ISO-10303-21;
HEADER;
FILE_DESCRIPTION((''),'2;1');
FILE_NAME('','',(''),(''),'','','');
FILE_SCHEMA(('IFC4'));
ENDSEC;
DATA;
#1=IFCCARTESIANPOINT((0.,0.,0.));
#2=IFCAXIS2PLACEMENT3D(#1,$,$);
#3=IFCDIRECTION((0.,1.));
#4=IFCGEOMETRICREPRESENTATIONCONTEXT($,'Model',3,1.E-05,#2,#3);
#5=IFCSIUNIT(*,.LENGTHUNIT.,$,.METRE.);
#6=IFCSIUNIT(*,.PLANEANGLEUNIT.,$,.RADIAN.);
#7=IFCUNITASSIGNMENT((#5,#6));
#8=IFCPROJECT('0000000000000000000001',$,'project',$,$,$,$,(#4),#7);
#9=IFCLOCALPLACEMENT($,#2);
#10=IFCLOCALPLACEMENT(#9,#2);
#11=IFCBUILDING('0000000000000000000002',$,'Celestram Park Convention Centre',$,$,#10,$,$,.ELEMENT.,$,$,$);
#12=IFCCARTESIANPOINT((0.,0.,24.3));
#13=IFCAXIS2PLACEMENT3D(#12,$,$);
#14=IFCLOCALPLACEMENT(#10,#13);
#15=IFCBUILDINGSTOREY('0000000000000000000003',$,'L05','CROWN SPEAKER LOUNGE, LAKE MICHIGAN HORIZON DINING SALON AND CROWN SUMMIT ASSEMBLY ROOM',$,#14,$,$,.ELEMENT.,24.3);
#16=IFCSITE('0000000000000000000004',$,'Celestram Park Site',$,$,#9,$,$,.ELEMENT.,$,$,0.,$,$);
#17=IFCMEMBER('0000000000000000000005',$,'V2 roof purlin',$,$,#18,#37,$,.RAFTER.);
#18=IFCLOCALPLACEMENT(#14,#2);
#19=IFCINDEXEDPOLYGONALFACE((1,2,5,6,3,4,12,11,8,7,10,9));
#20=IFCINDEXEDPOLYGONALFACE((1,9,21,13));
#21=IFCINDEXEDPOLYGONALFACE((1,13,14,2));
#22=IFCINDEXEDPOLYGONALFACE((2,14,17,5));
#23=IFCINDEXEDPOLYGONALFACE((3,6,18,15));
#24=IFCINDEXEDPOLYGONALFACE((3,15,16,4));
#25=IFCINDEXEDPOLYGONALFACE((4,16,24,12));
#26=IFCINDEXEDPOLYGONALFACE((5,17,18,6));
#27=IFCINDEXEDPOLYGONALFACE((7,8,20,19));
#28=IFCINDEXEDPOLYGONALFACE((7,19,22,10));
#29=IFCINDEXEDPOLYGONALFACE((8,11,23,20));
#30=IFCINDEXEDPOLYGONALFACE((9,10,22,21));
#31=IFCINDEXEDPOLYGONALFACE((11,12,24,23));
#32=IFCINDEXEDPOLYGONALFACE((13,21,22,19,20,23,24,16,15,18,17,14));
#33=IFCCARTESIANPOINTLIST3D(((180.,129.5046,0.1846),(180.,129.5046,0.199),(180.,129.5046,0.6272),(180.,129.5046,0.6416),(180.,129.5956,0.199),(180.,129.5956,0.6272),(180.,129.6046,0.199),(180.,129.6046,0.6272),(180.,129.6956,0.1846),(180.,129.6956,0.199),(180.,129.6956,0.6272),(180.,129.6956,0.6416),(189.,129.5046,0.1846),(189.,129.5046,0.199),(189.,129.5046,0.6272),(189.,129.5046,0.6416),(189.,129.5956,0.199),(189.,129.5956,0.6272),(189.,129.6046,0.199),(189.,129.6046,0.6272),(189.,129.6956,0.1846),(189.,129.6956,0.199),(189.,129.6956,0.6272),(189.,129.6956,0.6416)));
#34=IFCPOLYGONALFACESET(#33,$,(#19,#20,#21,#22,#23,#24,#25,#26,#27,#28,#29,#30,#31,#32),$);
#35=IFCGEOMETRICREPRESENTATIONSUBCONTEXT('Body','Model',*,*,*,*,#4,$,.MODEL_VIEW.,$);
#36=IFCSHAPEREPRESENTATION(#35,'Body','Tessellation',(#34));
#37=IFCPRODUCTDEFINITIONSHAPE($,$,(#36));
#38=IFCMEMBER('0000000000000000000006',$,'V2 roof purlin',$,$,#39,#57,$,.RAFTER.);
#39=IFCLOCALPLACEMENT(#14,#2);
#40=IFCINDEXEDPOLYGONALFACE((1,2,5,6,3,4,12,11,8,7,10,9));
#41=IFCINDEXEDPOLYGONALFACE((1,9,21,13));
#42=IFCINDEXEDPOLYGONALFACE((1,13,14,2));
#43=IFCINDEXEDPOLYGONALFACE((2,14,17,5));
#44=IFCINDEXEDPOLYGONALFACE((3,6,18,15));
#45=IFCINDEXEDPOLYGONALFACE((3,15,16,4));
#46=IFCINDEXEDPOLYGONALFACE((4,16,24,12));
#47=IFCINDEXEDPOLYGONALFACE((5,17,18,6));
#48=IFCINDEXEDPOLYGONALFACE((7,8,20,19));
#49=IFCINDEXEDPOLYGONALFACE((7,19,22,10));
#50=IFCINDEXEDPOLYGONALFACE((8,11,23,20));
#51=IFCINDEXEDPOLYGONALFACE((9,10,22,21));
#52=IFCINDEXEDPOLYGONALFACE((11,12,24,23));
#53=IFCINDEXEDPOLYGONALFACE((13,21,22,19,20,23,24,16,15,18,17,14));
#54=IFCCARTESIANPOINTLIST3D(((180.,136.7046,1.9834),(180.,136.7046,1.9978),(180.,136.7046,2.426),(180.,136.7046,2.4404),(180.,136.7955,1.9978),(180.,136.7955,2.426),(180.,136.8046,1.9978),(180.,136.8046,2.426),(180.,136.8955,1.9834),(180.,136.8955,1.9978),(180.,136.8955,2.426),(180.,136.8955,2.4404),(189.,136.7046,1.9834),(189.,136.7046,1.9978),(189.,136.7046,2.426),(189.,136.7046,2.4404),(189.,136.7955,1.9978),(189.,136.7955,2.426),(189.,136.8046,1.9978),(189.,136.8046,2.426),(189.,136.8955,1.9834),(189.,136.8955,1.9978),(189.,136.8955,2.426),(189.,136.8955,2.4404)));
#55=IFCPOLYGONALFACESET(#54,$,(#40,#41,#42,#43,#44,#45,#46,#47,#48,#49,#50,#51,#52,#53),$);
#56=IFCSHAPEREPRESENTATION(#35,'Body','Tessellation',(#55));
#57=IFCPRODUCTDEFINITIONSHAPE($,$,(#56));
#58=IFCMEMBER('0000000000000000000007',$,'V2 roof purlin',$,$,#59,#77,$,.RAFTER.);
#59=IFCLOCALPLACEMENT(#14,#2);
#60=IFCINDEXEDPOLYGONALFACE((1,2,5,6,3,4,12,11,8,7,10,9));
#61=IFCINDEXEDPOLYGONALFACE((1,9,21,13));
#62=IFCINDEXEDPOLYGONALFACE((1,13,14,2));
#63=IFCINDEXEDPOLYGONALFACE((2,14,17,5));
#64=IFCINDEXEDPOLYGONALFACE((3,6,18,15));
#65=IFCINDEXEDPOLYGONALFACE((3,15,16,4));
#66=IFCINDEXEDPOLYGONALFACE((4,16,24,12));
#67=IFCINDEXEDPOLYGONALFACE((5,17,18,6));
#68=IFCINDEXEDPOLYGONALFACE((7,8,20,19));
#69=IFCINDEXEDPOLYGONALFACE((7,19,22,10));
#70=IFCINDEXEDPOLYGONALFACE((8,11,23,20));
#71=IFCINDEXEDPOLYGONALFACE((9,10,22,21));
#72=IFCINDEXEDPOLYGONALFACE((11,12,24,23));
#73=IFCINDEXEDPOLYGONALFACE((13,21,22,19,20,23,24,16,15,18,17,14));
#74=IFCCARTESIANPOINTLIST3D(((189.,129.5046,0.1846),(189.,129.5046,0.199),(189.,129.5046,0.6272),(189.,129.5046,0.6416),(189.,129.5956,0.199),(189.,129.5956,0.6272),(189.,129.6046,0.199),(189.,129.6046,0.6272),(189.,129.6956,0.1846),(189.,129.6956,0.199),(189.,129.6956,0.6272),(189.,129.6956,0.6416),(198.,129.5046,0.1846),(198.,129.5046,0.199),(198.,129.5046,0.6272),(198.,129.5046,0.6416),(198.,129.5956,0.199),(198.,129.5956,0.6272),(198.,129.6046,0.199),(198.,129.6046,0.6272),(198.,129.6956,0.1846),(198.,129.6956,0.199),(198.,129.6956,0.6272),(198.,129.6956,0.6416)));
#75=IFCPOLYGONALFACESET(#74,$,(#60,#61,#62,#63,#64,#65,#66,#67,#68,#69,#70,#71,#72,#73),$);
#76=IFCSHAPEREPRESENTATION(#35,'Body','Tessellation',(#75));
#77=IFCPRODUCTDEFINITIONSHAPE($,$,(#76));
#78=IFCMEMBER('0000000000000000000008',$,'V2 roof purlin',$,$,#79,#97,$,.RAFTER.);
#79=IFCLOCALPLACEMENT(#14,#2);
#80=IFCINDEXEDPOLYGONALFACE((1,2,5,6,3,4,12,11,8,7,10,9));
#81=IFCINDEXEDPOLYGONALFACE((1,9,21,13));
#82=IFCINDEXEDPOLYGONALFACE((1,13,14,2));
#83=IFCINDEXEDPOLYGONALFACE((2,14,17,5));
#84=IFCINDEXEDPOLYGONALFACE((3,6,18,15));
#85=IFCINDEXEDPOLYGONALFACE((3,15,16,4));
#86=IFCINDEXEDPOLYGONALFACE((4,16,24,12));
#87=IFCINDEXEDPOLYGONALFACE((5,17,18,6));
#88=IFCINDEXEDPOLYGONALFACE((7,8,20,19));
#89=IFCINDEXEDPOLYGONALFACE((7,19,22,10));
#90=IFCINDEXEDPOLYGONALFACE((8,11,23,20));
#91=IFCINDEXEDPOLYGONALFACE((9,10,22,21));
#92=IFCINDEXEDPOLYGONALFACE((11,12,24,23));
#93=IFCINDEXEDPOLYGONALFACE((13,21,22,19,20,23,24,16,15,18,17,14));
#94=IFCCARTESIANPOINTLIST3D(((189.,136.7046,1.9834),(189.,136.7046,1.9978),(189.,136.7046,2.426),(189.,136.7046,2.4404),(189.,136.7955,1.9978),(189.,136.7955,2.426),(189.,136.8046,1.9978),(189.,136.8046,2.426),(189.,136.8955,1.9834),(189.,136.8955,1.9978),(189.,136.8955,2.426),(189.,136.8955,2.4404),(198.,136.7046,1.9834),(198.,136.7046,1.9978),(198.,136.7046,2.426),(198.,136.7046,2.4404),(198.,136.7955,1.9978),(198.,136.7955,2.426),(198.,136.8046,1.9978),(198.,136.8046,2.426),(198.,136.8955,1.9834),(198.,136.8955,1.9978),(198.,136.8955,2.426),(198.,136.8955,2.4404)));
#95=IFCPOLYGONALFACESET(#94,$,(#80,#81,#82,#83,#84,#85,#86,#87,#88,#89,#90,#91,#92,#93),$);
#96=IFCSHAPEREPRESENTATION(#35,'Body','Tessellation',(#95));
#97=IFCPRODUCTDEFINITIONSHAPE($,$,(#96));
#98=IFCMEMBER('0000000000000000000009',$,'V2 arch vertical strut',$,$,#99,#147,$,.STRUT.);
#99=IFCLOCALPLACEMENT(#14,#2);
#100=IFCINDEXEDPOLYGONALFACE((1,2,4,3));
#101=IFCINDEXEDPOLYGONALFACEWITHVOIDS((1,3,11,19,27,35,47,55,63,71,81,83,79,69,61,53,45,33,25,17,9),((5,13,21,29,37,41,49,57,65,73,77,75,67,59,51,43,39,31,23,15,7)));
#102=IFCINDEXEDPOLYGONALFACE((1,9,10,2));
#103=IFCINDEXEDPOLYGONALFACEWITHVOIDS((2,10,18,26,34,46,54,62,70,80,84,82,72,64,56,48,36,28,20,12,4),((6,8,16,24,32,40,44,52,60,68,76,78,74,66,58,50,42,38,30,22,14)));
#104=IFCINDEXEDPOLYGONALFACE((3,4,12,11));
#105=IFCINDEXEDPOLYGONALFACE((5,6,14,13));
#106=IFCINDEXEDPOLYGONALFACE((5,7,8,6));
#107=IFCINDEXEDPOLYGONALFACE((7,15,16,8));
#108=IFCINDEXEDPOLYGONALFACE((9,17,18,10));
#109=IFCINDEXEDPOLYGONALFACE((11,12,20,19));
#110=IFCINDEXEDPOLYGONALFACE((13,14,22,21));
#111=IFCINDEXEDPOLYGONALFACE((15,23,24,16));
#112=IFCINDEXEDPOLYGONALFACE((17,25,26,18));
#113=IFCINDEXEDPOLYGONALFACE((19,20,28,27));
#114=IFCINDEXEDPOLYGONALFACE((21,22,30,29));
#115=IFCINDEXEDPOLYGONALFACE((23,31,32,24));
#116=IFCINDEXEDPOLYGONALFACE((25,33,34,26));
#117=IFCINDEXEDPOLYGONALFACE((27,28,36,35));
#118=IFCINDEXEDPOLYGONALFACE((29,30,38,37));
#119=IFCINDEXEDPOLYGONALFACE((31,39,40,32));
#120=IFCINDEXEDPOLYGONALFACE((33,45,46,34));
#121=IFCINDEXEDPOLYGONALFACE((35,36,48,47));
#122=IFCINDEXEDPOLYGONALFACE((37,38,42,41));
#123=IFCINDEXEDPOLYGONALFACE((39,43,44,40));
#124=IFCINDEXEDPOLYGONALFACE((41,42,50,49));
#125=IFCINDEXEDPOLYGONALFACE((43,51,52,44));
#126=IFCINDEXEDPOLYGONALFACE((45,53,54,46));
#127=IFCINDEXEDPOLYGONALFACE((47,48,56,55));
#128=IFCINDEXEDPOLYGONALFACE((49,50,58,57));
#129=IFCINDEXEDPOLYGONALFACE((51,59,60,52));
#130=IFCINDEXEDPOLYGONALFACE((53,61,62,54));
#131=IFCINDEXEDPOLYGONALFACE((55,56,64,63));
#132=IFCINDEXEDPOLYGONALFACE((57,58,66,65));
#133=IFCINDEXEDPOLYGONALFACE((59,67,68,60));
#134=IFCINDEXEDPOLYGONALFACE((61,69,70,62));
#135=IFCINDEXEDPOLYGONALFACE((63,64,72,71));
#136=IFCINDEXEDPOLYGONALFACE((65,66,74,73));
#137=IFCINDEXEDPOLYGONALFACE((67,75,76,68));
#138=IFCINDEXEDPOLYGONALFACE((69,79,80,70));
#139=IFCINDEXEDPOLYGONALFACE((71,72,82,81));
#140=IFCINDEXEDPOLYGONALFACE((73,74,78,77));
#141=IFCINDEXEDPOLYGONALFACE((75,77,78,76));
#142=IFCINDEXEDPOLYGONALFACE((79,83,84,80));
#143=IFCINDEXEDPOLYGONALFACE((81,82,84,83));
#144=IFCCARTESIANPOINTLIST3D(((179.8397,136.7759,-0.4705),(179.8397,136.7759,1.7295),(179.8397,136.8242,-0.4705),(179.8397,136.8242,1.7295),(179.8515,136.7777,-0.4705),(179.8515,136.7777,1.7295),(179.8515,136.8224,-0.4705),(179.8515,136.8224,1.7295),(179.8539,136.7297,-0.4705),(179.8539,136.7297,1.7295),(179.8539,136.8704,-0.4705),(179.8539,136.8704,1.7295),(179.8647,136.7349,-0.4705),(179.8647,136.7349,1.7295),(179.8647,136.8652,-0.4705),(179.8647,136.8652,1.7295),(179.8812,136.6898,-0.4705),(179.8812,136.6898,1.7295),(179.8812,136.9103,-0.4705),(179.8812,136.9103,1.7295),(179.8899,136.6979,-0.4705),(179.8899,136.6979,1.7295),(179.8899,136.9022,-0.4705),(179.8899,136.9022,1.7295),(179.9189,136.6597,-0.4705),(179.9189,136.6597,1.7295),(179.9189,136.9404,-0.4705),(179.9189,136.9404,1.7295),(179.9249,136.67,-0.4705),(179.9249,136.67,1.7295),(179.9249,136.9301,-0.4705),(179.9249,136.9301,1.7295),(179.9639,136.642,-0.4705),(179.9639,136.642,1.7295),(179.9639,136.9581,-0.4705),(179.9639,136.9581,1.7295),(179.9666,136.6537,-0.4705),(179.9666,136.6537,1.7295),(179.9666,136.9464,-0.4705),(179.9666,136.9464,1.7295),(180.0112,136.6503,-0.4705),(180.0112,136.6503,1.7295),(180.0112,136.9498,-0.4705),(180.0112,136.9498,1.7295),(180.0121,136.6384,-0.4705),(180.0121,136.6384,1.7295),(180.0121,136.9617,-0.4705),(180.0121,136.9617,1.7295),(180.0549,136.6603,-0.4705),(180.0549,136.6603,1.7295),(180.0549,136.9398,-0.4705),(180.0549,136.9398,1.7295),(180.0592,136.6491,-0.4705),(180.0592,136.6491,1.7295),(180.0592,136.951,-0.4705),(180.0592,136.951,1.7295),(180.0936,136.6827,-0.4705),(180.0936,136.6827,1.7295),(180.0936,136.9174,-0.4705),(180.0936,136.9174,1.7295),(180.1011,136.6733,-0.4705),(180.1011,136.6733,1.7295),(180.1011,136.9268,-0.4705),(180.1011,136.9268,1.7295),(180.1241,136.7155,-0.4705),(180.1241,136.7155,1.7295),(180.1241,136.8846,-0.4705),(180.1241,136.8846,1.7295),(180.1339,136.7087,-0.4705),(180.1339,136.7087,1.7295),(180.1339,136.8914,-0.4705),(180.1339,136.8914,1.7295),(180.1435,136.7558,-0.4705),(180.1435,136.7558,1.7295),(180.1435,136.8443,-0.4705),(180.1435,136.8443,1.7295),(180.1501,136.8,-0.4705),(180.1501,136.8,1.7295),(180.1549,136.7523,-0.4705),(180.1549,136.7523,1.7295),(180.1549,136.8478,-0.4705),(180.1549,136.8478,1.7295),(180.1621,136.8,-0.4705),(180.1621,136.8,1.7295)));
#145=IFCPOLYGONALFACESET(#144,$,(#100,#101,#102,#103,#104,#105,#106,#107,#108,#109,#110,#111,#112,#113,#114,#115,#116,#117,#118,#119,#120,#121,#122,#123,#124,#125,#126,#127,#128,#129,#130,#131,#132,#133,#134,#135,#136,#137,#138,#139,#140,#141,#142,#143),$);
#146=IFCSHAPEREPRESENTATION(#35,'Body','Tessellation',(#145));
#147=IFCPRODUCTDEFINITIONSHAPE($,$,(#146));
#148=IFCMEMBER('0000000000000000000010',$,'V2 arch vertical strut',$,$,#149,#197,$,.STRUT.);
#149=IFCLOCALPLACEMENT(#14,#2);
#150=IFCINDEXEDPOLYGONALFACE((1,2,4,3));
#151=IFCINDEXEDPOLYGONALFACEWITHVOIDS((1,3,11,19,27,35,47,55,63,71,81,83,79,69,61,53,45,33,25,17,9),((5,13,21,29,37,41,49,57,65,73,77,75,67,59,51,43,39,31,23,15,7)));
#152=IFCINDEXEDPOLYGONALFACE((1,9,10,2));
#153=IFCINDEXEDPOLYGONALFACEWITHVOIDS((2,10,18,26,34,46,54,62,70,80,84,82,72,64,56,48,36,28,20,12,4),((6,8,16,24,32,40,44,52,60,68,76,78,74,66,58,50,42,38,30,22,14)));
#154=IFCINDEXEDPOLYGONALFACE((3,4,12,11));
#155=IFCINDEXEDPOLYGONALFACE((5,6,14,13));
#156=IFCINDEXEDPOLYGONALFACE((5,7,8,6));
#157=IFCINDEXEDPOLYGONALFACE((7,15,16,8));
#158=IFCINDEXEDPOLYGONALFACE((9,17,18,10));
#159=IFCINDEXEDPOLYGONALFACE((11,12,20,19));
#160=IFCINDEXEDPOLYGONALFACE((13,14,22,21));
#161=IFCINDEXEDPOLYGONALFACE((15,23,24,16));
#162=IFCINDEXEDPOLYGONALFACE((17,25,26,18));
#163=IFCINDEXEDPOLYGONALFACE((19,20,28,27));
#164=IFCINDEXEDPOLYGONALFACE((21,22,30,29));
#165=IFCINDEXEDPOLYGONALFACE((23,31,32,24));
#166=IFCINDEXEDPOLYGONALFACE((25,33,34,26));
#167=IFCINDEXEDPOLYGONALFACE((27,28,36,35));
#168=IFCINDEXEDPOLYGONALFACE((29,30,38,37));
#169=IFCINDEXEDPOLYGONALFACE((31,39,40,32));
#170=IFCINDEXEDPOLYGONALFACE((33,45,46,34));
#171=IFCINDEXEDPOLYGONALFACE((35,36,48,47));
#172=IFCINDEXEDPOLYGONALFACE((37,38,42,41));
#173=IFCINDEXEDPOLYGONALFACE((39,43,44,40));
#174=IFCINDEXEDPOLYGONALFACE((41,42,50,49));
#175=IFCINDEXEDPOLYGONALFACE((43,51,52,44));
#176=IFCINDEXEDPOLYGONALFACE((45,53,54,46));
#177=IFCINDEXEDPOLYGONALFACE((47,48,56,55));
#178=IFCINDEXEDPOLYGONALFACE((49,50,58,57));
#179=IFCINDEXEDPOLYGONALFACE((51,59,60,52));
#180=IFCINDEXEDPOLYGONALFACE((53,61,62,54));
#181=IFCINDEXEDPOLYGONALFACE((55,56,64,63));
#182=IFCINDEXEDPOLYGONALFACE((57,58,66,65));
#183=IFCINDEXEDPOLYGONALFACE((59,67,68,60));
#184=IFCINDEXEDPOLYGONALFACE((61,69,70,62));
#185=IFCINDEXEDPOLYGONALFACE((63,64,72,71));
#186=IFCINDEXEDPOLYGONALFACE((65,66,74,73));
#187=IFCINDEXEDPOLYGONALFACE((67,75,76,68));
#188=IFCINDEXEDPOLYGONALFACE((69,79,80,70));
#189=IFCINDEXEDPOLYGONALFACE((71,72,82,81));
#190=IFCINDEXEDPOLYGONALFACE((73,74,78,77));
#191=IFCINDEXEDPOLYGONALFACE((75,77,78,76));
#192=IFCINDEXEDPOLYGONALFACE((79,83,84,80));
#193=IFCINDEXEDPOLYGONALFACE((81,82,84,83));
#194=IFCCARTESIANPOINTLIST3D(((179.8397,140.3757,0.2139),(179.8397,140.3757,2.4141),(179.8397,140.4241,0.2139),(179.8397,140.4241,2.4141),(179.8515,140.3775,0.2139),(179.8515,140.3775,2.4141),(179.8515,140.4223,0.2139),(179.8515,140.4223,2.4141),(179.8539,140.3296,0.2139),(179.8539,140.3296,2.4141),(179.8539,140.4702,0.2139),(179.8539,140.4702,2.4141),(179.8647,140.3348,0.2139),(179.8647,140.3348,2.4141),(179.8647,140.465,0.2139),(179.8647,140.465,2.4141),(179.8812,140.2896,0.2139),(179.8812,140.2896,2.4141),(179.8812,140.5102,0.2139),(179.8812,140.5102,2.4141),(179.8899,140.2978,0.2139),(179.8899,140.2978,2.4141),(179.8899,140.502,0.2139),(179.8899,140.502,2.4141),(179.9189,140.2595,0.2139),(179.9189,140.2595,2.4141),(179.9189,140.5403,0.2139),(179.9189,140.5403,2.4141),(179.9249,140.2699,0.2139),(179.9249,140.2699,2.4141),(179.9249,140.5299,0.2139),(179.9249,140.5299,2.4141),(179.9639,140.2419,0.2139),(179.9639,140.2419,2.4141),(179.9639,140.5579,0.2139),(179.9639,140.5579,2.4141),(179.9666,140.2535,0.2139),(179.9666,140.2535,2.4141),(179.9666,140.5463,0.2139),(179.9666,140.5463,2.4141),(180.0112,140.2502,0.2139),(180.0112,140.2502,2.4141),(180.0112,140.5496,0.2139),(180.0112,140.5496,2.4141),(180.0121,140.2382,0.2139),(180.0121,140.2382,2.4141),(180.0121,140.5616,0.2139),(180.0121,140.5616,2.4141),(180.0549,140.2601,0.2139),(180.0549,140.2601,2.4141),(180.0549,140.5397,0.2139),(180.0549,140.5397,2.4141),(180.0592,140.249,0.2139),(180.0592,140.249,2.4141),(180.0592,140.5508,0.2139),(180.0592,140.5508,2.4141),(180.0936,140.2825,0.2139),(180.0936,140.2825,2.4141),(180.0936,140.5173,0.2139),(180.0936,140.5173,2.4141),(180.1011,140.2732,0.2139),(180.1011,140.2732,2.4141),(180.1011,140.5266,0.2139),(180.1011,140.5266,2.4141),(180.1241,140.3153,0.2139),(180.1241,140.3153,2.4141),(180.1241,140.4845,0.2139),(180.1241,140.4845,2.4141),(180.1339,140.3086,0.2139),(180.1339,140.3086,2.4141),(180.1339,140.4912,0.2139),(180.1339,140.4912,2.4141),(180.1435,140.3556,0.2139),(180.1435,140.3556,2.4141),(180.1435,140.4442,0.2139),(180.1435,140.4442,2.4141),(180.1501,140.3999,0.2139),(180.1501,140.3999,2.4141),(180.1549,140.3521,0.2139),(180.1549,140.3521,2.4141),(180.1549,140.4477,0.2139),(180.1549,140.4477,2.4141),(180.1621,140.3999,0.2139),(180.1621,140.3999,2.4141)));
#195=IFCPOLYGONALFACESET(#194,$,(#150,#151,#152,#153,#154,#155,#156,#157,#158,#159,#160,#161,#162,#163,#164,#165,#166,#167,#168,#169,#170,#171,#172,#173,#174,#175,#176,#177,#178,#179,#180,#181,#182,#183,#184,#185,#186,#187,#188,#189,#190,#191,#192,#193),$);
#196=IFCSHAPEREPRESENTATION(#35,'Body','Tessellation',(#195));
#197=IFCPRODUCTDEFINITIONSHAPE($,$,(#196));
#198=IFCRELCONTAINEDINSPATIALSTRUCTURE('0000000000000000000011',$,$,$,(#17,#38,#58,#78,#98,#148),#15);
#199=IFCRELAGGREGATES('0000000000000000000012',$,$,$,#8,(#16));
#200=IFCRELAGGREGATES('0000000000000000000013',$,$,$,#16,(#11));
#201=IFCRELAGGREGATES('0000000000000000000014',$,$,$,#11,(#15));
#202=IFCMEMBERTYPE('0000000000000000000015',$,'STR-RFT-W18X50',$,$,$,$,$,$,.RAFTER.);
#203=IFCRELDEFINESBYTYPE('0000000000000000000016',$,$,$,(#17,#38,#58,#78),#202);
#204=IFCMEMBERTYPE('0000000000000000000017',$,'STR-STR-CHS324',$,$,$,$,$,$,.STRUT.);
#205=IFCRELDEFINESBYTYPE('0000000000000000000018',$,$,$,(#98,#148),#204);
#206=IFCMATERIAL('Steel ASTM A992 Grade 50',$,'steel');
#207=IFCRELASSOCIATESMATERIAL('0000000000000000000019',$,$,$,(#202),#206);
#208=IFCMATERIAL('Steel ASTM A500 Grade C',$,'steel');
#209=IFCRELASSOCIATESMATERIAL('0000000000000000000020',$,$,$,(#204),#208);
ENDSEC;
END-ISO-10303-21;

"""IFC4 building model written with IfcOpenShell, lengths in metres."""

from ifc_helpers import new_model, si_unit, direction, frame, origin, origin_2d, place, context, subcontext, project, spatial, hollow_circle, i_section, extrude, material, material_profile, profile_set, type_object, element, save


model = new_model("IFC4")

# Units and contexts
model_context = context("Model", 3, precision=1e-05, world=origin(), true_north=direction((0.0, 1.0)))
body_context = subcontext(model_context, "Body", "Model", "MODEL_VIEW")
ifc_project = project(units=[si_unit("LENGTHUNIT", "METRE"), si_unit("PLANEANGLEUNIT", "RADIAN")], contexts=[model_context])

# Site, building, storey
site_placement = place(None, origin())
site = spatial("IfcSite", under=ifc_project, at=site_placement, Name="Celestram Park Site", CompositionType="ELEMENT", RefElevation=0.0)
building_placement = place(site_placement, origin())
building = spatial("IfcBuilding", under=site, at=building_placement, Name="Celestram Park Convention Centre", CompositionType="ELEMENT")
storey_placement = place(building_placement, frame((0.0, 0.0, 24.3)))
storey = spatial("IfcBuildingStorey", under=building, at=storey_placement, Name="L05", Description="CROWN SPEAKER LOUNGE, LAKE MICHIGAN HORIZON DINING SALON AND CROWN SUMMIT ASSEMBLY ROOM", CompositionType="ELEMENT", Elevation=24.3)

# Members
ifc_material_1 = material(Name="Steel ASTM A500 Grade C", Category="steel")
ifc_material_2 = material(Name="Steel ASTM A992 Grade 50", Category="steel")
ifc_material_profile_1 = material_profile(ifc_material_2, i_section(OverallWidth=0.1909, OverallDepth=0.457, WebThickness=0.009, FlangeThickness=0.0144, at=origin_2d()), Name="W18X50")
ifc_profile_set_1 = profile_set([ifc_material_profile_1], Name="Steel ASTM A992 Grade 50")
member_type_1 = type_object("IfcMemberType", Name="STR-RFT-W18X50", PredefinedType="RAFTER", material=ifc_profile_set_1)
for number, where, z_axis, x_axis, name in (
    (1, (180.0, 129.6001, 0.4131), (1.0, 0.0, 0.0), (0.0, 1.0, 0.0), "V2 roof purlin"),
    (2, (180.0, 136.8, 2.2119), (1.0, 0.0, 0.0), (0.0, 1.0, 0.0), "V2 roof purlin"),
    (3, (189.0, 129.6001, 0.4131), (1.0, 0.0, 0.0), (0.0, 1.0, 0.0), "V2 roof purlin"),
    (4, (189.0, 136.8, 2.2119), (1.0, 0.0, 0.0), (0.0, 1.0, 0.0), "V2 roof purlin"),
):
    element("IfcMember", number, at=place(storey_placement, frame(where, z_axis=z_axis, x_axis=x_axis)), inside=storey, type_object=member_type_1, Name=name, PredefinedType="RAFTER", context=body_context, shape_type="SweptSolid", body=[
        extrude(i_section(OverallWidth=0.1909, OverallDepth=0.457, WebThickness=0.009, FlangeThickness=0.0144, at=origin_2d()), origin(), (0.0, 0.0, 1.0), 9.0),
    ])
ifc_material_profile_2 = material_profile(ifc_material_1, hollow_circle(Radius=0.1621, WallThickness=0.012, at=origin_2d()), Name="CHS324X12")
ifc_profile_set_2 = profile_set([ifc_material_profile_2], Name="Steel ASTM A500 Grade C")
member_type_2 = type_object("IfcMemberType", Name="STR-STR-CHS324", PredefinedType="STRUT", material=ifc_profile_set_2)
member_1_placement = place(storey_placement, frame((180.0, 136.8, -0.4705), z_axis=(0.0, 0.0, 1.0), x_axis=(1.0, 0.0, 0.0)))
element("IfcMember", 5, at=member_1_placement, inside=storey, type_object=member_type_2, Name="V2 arch vertical strut", PredefinedType="STRUT", context=body_context, shape_type="SweptSolid", body=[
    extrude(hollow_circle(Radius=0.1621, WallThickness=0.012, at=origin_2d()), origin(), (0.0, 0.0, 1.0), 2.2),
])
member_2_placement = place(storey_placement, frame((180.0, 140.3999, 0.2139), z_axis=(0.0, 0.0, 1.0), x_axis=(1.0, 0.0, 0.0)))
element("IfcMember", 6, at=member_2_placement, inside=storey, type_object=member_type_2, Name="V2 arch vertical strut", PredefinedType="STRUT", context=body_context, shape_type="SweptSolid", body=[
    extrude(hollow_circle(Radius=0.1621, WallThickness=0.012, at=origin_2d()), origin(), (0.0, 0.0, 1.0), 2.2002),
])

save(model, "model.ifc")
